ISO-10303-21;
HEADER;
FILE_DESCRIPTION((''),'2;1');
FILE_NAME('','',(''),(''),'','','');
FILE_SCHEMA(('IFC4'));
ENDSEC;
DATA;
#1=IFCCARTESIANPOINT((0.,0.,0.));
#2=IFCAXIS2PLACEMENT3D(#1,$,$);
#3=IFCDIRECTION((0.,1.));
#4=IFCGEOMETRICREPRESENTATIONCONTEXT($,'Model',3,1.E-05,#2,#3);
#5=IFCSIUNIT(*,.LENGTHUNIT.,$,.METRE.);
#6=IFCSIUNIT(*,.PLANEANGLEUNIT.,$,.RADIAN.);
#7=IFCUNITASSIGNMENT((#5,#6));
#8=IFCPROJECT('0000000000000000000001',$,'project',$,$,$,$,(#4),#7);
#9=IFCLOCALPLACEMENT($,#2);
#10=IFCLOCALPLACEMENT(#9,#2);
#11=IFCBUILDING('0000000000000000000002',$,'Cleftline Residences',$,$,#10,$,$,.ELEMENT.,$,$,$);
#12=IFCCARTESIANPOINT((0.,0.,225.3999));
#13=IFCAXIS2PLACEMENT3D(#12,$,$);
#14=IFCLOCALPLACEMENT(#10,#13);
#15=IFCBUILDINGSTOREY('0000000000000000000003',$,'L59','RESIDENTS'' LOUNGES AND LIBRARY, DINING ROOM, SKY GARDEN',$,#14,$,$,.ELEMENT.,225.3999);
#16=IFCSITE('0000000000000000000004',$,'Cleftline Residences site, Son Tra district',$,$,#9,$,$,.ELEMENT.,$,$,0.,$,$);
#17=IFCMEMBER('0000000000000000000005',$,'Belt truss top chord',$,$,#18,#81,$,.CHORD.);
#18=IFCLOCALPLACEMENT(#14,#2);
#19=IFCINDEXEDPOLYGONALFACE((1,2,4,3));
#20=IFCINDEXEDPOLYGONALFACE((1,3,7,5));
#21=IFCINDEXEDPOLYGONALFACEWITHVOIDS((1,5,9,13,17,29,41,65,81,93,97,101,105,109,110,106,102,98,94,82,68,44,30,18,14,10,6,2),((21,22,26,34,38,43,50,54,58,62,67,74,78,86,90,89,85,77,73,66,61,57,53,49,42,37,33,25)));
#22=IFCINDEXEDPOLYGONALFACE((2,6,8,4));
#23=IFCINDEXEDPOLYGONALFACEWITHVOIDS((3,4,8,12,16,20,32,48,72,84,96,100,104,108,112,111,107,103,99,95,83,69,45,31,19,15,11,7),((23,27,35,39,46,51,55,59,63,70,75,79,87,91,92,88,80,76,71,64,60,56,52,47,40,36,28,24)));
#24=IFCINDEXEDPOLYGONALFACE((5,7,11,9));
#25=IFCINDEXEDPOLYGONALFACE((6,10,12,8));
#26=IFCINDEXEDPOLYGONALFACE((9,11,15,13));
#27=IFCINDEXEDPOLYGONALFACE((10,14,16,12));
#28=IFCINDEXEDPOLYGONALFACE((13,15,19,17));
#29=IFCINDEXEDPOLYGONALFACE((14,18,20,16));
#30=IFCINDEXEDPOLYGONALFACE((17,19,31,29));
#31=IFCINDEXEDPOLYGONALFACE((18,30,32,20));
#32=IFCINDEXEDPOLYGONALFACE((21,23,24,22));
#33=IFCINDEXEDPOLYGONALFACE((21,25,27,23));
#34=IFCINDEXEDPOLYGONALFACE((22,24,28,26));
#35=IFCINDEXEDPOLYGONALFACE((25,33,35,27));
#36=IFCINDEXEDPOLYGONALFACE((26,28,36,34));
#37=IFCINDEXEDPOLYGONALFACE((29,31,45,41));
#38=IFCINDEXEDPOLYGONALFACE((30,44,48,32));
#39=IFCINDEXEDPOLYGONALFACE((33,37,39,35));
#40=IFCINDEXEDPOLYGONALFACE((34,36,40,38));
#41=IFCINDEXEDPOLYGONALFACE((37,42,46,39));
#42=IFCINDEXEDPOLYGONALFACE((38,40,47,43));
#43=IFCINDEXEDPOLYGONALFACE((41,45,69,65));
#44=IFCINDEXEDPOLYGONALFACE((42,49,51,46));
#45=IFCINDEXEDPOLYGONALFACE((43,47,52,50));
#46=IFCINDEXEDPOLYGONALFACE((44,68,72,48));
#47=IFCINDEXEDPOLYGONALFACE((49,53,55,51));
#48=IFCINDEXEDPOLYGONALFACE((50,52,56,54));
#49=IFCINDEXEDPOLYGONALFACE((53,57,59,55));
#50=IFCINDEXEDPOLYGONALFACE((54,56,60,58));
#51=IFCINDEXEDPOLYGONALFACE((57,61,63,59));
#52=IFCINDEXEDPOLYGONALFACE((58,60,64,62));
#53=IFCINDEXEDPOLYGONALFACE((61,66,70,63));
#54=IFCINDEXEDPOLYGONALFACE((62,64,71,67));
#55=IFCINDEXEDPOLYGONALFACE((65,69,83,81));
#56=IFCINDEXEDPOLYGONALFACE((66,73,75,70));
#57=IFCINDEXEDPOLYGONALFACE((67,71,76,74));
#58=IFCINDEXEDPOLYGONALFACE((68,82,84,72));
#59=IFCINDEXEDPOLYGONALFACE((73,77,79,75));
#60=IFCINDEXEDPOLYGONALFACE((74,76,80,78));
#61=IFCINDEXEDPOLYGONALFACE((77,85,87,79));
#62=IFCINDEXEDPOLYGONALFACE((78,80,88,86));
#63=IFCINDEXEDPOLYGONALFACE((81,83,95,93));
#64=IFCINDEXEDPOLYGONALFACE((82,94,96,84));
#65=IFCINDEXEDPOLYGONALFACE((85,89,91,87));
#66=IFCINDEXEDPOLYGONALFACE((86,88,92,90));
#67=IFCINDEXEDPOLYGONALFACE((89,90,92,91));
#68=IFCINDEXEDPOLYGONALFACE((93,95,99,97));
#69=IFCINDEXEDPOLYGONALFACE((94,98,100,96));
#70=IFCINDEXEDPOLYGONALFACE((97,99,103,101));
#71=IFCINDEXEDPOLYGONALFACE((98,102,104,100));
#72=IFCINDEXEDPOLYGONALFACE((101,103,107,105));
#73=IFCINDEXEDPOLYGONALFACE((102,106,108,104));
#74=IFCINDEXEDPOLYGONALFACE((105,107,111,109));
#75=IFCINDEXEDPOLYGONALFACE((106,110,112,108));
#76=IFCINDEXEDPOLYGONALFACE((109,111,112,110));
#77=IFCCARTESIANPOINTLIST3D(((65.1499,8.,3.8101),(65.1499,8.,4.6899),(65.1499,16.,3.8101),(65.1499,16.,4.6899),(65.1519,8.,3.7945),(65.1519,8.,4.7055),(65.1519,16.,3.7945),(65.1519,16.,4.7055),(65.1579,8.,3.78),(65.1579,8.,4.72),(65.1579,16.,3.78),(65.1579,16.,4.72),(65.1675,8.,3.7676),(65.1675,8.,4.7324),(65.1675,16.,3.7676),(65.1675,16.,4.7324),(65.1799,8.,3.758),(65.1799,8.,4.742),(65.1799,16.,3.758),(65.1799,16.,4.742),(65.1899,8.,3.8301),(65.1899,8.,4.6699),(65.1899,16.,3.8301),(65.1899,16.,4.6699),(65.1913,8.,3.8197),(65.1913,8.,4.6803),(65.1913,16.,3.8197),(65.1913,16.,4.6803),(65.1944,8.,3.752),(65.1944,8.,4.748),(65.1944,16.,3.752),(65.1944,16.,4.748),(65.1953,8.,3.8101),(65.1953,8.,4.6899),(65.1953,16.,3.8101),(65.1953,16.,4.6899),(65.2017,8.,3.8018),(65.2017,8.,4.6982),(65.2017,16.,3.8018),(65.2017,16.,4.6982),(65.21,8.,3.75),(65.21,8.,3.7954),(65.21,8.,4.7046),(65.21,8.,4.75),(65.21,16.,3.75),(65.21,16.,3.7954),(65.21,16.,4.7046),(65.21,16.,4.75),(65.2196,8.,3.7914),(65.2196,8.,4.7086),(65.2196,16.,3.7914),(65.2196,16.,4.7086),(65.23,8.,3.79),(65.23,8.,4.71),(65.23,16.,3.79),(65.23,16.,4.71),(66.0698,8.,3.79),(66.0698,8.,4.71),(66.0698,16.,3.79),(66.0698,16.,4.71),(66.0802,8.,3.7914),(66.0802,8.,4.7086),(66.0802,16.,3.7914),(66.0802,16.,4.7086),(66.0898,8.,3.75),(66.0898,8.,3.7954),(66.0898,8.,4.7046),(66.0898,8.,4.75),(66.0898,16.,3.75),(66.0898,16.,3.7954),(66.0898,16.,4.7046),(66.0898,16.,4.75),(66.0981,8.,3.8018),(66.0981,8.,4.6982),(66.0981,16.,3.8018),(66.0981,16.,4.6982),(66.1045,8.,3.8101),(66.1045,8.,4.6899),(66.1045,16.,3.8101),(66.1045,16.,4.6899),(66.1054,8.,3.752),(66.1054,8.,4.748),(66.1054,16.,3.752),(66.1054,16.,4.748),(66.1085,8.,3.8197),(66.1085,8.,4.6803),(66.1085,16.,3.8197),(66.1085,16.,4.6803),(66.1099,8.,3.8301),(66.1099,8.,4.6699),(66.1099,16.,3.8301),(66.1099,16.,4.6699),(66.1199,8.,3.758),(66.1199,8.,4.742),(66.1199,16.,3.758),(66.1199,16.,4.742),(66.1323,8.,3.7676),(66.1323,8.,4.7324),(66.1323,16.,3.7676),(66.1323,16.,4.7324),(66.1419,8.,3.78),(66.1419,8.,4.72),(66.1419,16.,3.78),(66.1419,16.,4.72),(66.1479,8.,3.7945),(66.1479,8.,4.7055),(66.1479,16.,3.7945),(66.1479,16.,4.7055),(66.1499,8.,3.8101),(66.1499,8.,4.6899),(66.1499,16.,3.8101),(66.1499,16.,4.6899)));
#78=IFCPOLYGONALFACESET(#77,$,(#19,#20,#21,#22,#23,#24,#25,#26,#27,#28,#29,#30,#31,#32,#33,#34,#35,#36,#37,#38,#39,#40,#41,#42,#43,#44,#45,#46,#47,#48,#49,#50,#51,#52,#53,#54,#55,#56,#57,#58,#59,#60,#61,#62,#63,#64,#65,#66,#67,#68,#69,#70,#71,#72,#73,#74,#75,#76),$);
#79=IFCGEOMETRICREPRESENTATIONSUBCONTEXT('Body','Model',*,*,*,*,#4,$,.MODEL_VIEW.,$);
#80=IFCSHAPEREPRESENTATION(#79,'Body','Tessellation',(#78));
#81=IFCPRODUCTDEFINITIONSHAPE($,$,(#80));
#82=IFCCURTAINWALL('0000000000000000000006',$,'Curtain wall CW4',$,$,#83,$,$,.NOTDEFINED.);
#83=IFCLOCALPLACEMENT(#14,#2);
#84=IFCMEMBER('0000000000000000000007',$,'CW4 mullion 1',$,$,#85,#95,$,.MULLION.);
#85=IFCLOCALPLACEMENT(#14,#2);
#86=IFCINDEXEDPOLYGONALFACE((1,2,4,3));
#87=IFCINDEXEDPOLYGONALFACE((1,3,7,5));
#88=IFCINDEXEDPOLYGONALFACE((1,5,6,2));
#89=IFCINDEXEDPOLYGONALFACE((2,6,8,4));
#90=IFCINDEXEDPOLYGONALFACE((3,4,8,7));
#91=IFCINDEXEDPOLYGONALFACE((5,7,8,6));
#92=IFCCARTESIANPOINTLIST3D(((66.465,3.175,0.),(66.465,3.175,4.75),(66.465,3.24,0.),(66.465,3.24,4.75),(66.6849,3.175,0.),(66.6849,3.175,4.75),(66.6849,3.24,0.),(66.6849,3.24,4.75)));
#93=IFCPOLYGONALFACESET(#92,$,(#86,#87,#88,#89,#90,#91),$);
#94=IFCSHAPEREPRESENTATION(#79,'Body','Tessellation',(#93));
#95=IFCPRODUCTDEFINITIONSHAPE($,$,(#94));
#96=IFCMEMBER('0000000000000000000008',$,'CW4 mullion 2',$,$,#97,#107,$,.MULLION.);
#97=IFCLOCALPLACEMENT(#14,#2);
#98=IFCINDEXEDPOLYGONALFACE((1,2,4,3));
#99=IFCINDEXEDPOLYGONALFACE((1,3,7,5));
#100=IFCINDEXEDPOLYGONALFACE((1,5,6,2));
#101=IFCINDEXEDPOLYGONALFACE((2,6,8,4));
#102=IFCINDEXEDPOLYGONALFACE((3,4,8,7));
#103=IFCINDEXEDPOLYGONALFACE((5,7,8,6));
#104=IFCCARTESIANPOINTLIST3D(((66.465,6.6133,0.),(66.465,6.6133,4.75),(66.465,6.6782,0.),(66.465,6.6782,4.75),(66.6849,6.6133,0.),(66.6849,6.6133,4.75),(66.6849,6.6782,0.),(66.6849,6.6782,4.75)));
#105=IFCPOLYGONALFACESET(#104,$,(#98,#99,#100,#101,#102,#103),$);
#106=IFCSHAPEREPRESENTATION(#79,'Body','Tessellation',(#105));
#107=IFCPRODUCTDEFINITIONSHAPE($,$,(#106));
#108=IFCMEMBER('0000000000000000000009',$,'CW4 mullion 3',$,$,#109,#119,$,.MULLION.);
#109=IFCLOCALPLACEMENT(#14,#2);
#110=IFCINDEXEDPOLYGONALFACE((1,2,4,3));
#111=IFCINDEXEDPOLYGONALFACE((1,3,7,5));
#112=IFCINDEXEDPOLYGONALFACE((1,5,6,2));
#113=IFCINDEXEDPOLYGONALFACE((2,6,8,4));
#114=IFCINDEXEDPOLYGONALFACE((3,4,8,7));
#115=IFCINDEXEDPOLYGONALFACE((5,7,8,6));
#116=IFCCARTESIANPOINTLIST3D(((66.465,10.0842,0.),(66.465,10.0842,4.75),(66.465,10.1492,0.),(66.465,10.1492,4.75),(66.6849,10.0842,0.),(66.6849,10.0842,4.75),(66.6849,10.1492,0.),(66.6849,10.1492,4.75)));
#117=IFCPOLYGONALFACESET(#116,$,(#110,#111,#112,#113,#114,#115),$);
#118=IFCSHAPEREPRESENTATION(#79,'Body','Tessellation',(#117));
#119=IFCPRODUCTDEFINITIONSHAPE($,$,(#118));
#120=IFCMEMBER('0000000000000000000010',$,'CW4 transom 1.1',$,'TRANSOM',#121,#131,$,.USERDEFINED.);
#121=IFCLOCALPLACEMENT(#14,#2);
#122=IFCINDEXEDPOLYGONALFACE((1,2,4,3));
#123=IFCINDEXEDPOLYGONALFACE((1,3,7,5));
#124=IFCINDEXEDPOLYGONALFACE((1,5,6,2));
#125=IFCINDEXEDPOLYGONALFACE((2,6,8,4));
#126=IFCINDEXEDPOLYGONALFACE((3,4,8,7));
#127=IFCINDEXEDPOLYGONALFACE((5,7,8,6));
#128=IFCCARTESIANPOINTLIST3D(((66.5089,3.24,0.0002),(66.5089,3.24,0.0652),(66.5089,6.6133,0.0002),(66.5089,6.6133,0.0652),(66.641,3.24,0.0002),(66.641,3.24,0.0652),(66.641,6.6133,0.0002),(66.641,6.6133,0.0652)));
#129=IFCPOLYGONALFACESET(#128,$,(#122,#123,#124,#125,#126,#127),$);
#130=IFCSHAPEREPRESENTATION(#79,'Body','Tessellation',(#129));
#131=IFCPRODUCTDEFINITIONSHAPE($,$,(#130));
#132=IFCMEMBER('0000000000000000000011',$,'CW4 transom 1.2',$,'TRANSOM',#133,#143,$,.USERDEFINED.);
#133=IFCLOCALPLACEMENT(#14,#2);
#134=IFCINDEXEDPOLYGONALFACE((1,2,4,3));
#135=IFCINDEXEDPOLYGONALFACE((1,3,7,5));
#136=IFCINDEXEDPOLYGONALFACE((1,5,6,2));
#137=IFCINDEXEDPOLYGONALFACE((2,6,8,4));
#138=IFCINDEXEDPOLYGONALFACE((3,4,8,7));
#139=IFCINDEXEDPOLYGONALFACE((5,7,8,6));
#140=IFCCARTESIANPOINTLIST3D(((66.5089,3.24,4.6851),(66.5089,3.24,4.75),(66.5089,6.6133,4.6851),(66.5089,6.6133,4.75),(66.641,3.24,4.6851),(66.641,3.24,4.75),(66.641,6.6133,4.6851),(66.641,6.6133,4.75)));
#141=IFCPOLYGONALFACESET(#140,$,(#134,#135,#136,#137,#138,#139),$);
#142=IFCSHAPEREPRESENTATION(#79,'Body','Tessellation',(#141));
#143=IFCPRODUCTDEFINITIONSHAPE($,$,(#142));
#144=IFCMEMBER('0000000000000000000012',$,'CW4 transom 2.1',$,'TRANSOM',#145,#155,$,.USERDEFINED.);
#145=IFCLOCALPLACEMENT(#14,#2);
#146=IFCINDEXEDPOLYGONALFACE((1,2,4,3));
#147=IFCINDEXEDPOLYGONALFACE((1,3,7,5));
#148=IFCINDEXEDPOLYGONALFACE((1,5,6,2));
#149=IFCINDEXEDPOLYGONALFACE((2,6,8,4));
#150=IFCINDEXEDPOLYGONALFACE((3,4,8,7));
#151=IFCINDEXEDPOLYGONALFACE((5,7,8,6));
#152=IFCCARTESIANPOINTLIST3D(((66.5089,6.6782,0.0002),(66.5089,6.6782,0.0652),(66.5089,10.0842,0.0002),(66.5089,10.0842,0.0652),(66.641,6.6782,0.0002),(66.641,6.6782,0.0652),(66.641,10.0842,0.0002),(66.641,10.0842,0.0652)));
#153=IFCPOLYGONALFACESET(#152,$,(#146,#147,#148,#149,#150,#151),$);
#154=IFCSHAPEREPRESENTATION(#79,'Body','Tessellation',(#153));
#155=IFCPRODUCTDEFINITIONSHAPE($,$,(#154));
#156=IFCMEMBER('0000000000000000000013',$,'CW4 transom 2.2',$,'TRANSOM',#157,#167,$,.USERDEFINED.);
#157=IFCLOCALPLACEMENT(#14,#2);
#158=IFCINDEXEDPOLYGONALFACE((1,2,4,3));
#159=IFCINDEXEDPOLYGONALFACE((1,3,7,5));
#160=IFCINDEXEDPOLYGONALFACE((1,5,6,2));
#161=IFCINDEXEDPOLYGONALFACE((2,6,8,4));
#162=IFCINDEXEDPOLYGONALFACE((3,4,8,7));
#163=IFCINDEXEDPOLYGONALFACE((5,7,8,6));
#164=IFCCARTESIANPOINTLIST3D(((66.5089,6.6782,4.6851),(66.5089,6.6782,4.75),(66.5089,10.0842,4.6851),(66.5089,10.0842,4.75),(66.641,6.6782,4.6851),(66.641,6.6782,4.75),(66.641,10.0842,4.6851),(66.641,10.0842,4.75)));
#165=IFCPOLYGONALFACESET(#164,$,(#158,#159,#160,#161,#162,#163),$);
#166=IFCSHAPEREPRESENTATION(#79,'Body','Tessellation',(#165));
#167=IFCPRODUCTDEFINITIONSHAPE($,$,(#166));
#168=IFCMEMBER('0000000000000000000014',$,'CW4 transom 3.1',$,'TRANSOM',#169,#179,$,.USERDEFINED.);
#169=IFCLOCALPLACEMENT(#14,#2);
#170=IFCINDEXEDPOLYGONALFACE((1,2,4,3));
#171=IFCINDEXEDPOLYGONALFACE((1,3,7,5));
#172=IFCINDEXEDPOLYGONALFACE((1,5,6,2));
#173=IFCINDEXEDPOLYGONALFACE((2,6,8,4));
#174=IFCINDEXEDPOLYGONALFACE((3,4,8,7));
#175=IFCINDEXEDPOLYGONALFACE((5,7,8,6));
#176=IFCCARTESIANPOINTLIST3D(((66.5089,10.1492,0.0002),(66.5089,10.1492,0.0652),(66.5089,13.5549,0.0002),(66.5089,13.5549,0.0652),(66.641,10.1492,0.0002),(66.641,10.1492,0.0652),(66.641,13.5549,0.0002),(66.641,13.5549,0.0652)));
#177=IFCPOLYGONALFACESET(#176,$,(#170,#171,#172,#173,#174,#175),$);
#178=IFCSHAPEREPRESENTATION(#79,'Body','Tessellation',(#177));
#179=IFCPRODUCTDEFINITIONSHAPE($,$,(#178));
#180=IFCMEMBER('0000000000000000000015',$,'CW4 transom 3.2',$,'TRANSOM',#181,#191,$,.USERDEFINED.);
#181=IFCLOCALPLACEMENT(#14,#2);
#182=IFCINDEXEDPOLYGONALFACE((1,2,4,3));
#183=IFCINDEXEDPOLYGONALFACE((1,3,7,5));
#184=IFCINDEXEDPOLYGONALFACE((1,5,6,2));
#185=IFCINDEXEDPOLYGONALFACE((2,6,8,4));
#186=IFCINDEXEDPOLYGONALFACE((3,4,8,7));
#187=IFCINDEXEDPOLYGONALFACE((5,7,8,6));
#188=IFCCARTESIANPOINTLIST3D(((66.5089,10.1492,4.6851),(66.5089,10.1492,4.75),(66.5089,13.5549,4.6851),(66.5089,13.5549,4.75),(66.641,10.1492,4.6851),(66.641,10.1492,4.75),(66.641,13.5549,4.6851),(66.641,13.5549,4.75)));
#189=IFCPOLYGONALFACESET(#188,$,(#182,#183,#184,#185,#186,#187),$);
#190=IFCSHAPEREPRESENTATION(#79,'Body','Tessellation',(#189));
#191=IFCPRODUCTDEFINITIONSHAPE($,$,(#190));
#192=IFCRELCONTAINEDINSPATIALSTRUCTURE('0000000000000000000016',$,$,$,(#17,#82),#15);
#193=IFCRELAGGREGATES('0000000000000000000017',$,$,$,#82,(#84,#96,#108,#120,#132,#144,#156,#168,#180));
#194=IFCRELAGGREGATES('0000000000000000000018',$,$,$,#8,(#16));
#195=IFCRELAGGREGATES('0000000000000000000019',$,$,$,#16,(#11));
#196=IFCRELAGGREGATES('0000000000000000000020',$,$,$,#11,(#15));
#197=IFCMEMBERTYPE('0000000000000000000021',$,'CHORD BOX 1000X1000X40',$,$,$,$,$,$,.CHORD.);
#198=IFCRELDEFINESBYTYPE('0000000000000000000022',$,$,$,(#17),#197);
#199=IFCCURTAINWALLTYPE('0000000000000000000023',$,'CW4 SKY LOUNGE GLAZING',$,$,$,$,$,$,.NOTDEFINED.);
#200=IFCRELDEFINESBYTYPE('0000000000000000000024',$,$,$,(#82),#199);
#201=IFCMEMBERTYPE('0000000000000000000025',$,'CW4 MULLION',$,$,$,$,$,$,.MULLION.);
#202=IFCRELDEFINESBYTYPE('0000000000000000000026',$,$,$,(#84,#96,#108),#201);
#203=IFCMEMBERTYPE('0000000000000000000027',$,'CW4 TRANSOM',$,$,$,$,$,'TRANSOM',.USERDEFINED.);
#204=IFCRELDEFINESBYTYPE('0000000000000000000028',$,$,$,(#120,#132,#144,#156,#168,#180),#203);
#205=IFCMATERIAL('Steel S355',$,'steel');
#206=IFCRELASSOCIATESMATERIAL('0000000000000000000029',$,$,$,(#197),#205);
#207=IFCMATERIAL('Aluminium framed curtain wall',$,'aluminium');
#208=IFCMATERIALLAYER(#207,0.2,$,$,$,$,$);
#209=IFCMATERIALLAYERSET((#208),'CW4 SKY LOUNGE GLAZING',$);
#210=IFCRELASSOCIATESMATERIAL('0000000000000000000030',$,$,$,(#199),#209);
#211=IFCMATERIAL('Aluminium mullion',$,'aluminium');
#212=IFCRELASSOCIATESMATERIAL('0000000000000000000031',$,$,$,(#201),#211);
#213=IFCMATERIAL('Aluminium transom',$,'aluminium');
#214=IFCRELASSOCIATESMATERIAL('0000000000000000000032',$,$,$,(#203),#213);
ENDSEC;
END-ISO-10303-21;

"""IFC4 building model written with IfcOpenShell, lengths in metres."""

from ifc_helpers import new_model, si_unit, direction, frame, origin, origin_2d, place, context, subcontext, project, spatial, rectangle, hollow_rectangle, extrude, material, layer, layer_set, material_profile, profile_set, type_object, element, aggregate, save


model = new_model("IFC4")

# Units and contexts
model_context = context("Model", 3, precision=1e-05, world=origin(), true_north=direction((0.0, 1.0)))
body_context = subcontext(model_context, "Body", "Model", "MODEL_VIEW")
ifc_project = project(units=[si_unit("LENGTHUNIT", "METRE"), si_unit("PLANEANGLEUNIT", "RADIAN")], contexts=[model_context])

# Site, building, storey
site_placement = place(None, origin())
site = spatial("IfcSite", under=ifc_project, at=site_placement, Name="Cleftline Residences site, Son Tra district", CompositionType="ELEMENT", RefElevation=0.0)
building_placement = place(site_placement, origin())
building = spatial("IfcBuilding", under=site, at=building_placement, Name="Cleftline Residences", CompositionType="ELEMENT")
storey_placement = place(building_placement, frame((0.0, 0.0, 225.3999)))
storey = spatial("IfcBuildingStorey", under=building, at=storey_placement, Name="L59", Description="RESIDENTS' LOUNGES AND LIBRARY, DINING ROOM, SKY GARDEN", CompositionType="ELEMENT", Elevation=225.3999)

# Member
ifc_material_1 = material(Name="Steel S355", Category="steel")
ifc_material_profile_1 = material_profile(ifc_material_1, hollow_rectangle(XDim=1.0, YDim=1.0, WallThickness=0.04, InnerFilletRadius=0.04, OuterFilletRadius=0.0601, at=origin_2d()))
ifc_profile_set_1 = profile_set([ifc_material_profile_1], Name="Steel S355")
member_type_1 = type_object("IfcMemberType", Name="CHORD BOX 1000X1000X40", PredefinedType="CHORD", material=ifc_profile_set_1)
for number, where, z_axis, x_axis, name in (
    (1, (65.6499, 8.0, 4.25), (0.0, 1.0, 0.0), (-1.0, 0.0, 0.0), "Belt truss top chord"),
):
    element("IfcMember", number, at=place(storey_placement, frame(where, z_axis=z_axis, x_axis=x_axis)), inside=storey, type_object=member_type_1, Name=name, PredefinedType="CHORD", context=body_context, shape_type="SweptSolid", body=[
        extrude(hollow_rectangle(XDim=1.0, YDim=1.0, WallThickness=0.04, InnerFilletRadius=0.04, OuterFilletRadius=0.0601, at=origin_2d()), origin(), (0.0, 0.0, 1.0), 8.0),
    ])

# Curtain wall, members
ifc_material_2 = material(Name="Aluminium framed curtain wall", Category="aluminium")
ifc_layer_1 = layer(ifc_material_2, 0.2)
ifc_layer_set_1 = layer_set([ifc_layer_1], Name="CW4 SKY LOUNGE GLAZING")
curtain_wall_type = type_object("IfcCurtainWallType", Name="CW4 SKY LOUNGE GLAZING", PredefinedType="NOTDEFINED", material=ifc_layer_set_1)
curtain_wall_placement = place(storey_placement, origin())
curtain_wall = element("IfcCurtainWall", 2, at=curtain_wall_placement, inside=storey, type_object=curtain_wall_type, Name="Curtain wall CW4", PredefinedType="NOTDEFINED")
ifc_material_3 = material(Name="Aluminium mullion", Category="aluminium")
ifc_material_profile_2 = material_profile(ifc_material_3, rectangle(XDim=0.22, YDim=0.0649, at=origin_2d()))
ifc_profile_set_2 = profile_set([ifc_material_profile_2], Name="Aluminium mullion")
member_type_2 = type_object("IfcMemberType", Name="CW4 MULLION", PredefinedType="MULLION", material=ifc_profile_set_2)
member_1_placement = place(storey_placement, frame((66.575, 3.2075, 0.0), z_axis=(0.0, 0.0, 1.0), x_axis=(-1.0, 0.0, 0.0)))
member_1 = element("IfcMember", 3, at=member_1_placement, type_object=member_type_2, Name="CW4 mullion 1", PredefinedType="MULLION", context=body_context, shape_type="SweptSolid", body=[
    extrude(rectangle(XDim=0.22, YDim=0.0649, at=origin_2d()), origin(), (0.0, 0.0, 1.0), 4.75),
])
member_2_placement = place(storey_placement, frame((66.575, 6.6458, 0.0), z_axis=(0.0, 0.0, 1.0), x_axis=(-1.0, 0.0, 0.0)))
member_2 = element("IfcMember", 4, at=member_2_placement, type_object=member_type_2, Name="CW4 mullion 2", PredefinedType="MULLION", context=body_context, shape_type="SweptSolid", body=[
    extrude(rectangle(XDim=0.22, YDim=0.0649, at=origin_2d()), origin(), (0.0, 0.0, 1.0), 4.75),
])
member_3_placement = place(storey_placement, frame((66.575, 10.1167, 0.0), z_axis=(0.0, 0.0, 1.0), x_axis=(-1.0, 0.0, 0.0)))
member_3 = element("IfcMember", 5, at=member_3_placement, type_object=member_type_2, Name="CW4 mullion 3", PredefinedType="MULLION", context=body_context, shape_type="SweptSolid", body=[
    extrude(rectangle(XDim=0.22, YDim=0.0649, at=origin_2d()), origin(), (0.0, 0.0, 1.0), 4.75),
])
ifc_material_4 = material(Name="Aluminium transom", Category="aluminium")
ifc_material_profile_3 = material_profile(ifc_material_4, rectangle(XDim=0.1321, YDim=0.0649, at=origin_2d()))
ifc_profile_set_3 = profile_set([ifc_material_profile_3], Name="Aluminium transom")
member_type_3 = type_object("IfcMemberType", Name="CW4 TRANSOM", ElementType="TRANSOM", PredefinedType="USERDEFINED", material=ifc_profile_set_3)
member_4_placement = place(storey_placement, frame((66.575, 3.24, 0.0327), z_axis=(0.0, 1.0, 0.0), x_axis=(-1.0, 0.0, 0.0)))
member_4 = element("IfcMember", 6, at=member_4_placement, type_object=member_type_3, Name="CW4 transom 1.1", ObjectType="TRANSOM", PredefinedType="USERDEFINED", context=body_context, shape_type="SweptSolid", body=[
    extrude(rectangle(XDim=0.1321, YDim=0.0649, at=origin_2d()), origin(), (0.0, 0.0, 1.0), 3.3733),
])
member_5_placement = place(storey_placement, frame((66.575, 3.24, 4.7175), z_axis=(0.0, 1.0, 0.0), x_axis=(-1.0, 0.0, 0.0)))
member_5 = element("IfcMember", 7, at=member_5_placement, type_object=member_type_3, Name="CW4 transom 1.2", ObjectType="TRANSOM", PredefinedType="USERDEFINED", context=body_context, shape_type="SweptSolid", body=[
    extrude(rectangle(XDim=0.1321, YDim=0.0649, at=origin_2d()), origin(), (0.0, 0.0, 1.0), 3.3733),
])
member_6_placement = place(storey_placement, frame((66.575, 6.6782, 0.0327), z_axis=(0.0, 1.0, 0.0), x_axis=(-1.0, 0.0, 0.0)))
member_6 = element("IfcMember", 8, at=member_6_placement, type_object=member_type_3, Name="CW4 transom 2.1", ObjectType="TRANSOM", PredefinedType="USERDEFINED", context=body_context, shape_type="SweptSolid", body=[
    extrude(rectangle(XDim=0.1321, YDim=0.0649, at=origin_2d()), origin(), (0.0, 0.0, 1.0), 3.406),
])
member_7_placement = place(storey_placement, frame((66.575, 6.6782, 4.7175), z_axis=(0.0, 1.0, 0.0), x_axis=(-1.0, 0.0, 0.0)))
member_7 = element("IfcMember", 9, at=member_7_placement, type_object=member_type_3, Name="CW4 transom 2.2", ObjectType="TRANSOM", PredefinedType="USERDEFINED", context=body_context, shape_type="SweptSolid", body=[
    extrude(rectangle(XDim=0.1321, YDim=0.0649, at=origin_2d()), origin(), (0.0, 0.0, 1.0), 3.406),
])
member_8_placement = place(storey_placement, frame((66.575, 10.1492, 0.0327), z_axis=(0.0, 1.0, 0.0), x_axis=(-1.0, 0.0, 0.0)))
member_8 = element("IfcMember", 10, at=member_8_placement, type_object=member_type_3, Name="CW4 transom 3.1", ObjectType="TRANSOM", PredefinedType="USERDEFINED", context=body_context, shape_type="SweptSolid", body=[
    extrude(rectangle(XDim=0.1321, YDim=0.0649, at=origin_2d()), origin(), (0.0, 0.0, 1.0), 3.4058),
])
member_9_placement = place(storey_placement, frame((66.575, 10.1492, 4.7175), z_axis=(0.0, 1.0, 0.0), x_axis=(-1.0, 0.0, 0.0)))
member_9 = element("IfcMember", 11, at=member_9_placement, type_object=member_type_3, Name="CW4 transom 3.2", ObjectType="TRANSOM", PredefinedType="USERDEFINED", context=body_context, shape_type="SweptSolid", body=[
    extrude(rectangle(XDim=0.1321, YDim=0.0649, at=origin_2d()), origin(), (0.0, 0.0, 1.0), 3.4058),
])
aggregate(curtain_wall, [member_1, member_2, member_3, member_4, member_5, member_6, member_7, member_8, member_9])

save(model, "model.ifc")
